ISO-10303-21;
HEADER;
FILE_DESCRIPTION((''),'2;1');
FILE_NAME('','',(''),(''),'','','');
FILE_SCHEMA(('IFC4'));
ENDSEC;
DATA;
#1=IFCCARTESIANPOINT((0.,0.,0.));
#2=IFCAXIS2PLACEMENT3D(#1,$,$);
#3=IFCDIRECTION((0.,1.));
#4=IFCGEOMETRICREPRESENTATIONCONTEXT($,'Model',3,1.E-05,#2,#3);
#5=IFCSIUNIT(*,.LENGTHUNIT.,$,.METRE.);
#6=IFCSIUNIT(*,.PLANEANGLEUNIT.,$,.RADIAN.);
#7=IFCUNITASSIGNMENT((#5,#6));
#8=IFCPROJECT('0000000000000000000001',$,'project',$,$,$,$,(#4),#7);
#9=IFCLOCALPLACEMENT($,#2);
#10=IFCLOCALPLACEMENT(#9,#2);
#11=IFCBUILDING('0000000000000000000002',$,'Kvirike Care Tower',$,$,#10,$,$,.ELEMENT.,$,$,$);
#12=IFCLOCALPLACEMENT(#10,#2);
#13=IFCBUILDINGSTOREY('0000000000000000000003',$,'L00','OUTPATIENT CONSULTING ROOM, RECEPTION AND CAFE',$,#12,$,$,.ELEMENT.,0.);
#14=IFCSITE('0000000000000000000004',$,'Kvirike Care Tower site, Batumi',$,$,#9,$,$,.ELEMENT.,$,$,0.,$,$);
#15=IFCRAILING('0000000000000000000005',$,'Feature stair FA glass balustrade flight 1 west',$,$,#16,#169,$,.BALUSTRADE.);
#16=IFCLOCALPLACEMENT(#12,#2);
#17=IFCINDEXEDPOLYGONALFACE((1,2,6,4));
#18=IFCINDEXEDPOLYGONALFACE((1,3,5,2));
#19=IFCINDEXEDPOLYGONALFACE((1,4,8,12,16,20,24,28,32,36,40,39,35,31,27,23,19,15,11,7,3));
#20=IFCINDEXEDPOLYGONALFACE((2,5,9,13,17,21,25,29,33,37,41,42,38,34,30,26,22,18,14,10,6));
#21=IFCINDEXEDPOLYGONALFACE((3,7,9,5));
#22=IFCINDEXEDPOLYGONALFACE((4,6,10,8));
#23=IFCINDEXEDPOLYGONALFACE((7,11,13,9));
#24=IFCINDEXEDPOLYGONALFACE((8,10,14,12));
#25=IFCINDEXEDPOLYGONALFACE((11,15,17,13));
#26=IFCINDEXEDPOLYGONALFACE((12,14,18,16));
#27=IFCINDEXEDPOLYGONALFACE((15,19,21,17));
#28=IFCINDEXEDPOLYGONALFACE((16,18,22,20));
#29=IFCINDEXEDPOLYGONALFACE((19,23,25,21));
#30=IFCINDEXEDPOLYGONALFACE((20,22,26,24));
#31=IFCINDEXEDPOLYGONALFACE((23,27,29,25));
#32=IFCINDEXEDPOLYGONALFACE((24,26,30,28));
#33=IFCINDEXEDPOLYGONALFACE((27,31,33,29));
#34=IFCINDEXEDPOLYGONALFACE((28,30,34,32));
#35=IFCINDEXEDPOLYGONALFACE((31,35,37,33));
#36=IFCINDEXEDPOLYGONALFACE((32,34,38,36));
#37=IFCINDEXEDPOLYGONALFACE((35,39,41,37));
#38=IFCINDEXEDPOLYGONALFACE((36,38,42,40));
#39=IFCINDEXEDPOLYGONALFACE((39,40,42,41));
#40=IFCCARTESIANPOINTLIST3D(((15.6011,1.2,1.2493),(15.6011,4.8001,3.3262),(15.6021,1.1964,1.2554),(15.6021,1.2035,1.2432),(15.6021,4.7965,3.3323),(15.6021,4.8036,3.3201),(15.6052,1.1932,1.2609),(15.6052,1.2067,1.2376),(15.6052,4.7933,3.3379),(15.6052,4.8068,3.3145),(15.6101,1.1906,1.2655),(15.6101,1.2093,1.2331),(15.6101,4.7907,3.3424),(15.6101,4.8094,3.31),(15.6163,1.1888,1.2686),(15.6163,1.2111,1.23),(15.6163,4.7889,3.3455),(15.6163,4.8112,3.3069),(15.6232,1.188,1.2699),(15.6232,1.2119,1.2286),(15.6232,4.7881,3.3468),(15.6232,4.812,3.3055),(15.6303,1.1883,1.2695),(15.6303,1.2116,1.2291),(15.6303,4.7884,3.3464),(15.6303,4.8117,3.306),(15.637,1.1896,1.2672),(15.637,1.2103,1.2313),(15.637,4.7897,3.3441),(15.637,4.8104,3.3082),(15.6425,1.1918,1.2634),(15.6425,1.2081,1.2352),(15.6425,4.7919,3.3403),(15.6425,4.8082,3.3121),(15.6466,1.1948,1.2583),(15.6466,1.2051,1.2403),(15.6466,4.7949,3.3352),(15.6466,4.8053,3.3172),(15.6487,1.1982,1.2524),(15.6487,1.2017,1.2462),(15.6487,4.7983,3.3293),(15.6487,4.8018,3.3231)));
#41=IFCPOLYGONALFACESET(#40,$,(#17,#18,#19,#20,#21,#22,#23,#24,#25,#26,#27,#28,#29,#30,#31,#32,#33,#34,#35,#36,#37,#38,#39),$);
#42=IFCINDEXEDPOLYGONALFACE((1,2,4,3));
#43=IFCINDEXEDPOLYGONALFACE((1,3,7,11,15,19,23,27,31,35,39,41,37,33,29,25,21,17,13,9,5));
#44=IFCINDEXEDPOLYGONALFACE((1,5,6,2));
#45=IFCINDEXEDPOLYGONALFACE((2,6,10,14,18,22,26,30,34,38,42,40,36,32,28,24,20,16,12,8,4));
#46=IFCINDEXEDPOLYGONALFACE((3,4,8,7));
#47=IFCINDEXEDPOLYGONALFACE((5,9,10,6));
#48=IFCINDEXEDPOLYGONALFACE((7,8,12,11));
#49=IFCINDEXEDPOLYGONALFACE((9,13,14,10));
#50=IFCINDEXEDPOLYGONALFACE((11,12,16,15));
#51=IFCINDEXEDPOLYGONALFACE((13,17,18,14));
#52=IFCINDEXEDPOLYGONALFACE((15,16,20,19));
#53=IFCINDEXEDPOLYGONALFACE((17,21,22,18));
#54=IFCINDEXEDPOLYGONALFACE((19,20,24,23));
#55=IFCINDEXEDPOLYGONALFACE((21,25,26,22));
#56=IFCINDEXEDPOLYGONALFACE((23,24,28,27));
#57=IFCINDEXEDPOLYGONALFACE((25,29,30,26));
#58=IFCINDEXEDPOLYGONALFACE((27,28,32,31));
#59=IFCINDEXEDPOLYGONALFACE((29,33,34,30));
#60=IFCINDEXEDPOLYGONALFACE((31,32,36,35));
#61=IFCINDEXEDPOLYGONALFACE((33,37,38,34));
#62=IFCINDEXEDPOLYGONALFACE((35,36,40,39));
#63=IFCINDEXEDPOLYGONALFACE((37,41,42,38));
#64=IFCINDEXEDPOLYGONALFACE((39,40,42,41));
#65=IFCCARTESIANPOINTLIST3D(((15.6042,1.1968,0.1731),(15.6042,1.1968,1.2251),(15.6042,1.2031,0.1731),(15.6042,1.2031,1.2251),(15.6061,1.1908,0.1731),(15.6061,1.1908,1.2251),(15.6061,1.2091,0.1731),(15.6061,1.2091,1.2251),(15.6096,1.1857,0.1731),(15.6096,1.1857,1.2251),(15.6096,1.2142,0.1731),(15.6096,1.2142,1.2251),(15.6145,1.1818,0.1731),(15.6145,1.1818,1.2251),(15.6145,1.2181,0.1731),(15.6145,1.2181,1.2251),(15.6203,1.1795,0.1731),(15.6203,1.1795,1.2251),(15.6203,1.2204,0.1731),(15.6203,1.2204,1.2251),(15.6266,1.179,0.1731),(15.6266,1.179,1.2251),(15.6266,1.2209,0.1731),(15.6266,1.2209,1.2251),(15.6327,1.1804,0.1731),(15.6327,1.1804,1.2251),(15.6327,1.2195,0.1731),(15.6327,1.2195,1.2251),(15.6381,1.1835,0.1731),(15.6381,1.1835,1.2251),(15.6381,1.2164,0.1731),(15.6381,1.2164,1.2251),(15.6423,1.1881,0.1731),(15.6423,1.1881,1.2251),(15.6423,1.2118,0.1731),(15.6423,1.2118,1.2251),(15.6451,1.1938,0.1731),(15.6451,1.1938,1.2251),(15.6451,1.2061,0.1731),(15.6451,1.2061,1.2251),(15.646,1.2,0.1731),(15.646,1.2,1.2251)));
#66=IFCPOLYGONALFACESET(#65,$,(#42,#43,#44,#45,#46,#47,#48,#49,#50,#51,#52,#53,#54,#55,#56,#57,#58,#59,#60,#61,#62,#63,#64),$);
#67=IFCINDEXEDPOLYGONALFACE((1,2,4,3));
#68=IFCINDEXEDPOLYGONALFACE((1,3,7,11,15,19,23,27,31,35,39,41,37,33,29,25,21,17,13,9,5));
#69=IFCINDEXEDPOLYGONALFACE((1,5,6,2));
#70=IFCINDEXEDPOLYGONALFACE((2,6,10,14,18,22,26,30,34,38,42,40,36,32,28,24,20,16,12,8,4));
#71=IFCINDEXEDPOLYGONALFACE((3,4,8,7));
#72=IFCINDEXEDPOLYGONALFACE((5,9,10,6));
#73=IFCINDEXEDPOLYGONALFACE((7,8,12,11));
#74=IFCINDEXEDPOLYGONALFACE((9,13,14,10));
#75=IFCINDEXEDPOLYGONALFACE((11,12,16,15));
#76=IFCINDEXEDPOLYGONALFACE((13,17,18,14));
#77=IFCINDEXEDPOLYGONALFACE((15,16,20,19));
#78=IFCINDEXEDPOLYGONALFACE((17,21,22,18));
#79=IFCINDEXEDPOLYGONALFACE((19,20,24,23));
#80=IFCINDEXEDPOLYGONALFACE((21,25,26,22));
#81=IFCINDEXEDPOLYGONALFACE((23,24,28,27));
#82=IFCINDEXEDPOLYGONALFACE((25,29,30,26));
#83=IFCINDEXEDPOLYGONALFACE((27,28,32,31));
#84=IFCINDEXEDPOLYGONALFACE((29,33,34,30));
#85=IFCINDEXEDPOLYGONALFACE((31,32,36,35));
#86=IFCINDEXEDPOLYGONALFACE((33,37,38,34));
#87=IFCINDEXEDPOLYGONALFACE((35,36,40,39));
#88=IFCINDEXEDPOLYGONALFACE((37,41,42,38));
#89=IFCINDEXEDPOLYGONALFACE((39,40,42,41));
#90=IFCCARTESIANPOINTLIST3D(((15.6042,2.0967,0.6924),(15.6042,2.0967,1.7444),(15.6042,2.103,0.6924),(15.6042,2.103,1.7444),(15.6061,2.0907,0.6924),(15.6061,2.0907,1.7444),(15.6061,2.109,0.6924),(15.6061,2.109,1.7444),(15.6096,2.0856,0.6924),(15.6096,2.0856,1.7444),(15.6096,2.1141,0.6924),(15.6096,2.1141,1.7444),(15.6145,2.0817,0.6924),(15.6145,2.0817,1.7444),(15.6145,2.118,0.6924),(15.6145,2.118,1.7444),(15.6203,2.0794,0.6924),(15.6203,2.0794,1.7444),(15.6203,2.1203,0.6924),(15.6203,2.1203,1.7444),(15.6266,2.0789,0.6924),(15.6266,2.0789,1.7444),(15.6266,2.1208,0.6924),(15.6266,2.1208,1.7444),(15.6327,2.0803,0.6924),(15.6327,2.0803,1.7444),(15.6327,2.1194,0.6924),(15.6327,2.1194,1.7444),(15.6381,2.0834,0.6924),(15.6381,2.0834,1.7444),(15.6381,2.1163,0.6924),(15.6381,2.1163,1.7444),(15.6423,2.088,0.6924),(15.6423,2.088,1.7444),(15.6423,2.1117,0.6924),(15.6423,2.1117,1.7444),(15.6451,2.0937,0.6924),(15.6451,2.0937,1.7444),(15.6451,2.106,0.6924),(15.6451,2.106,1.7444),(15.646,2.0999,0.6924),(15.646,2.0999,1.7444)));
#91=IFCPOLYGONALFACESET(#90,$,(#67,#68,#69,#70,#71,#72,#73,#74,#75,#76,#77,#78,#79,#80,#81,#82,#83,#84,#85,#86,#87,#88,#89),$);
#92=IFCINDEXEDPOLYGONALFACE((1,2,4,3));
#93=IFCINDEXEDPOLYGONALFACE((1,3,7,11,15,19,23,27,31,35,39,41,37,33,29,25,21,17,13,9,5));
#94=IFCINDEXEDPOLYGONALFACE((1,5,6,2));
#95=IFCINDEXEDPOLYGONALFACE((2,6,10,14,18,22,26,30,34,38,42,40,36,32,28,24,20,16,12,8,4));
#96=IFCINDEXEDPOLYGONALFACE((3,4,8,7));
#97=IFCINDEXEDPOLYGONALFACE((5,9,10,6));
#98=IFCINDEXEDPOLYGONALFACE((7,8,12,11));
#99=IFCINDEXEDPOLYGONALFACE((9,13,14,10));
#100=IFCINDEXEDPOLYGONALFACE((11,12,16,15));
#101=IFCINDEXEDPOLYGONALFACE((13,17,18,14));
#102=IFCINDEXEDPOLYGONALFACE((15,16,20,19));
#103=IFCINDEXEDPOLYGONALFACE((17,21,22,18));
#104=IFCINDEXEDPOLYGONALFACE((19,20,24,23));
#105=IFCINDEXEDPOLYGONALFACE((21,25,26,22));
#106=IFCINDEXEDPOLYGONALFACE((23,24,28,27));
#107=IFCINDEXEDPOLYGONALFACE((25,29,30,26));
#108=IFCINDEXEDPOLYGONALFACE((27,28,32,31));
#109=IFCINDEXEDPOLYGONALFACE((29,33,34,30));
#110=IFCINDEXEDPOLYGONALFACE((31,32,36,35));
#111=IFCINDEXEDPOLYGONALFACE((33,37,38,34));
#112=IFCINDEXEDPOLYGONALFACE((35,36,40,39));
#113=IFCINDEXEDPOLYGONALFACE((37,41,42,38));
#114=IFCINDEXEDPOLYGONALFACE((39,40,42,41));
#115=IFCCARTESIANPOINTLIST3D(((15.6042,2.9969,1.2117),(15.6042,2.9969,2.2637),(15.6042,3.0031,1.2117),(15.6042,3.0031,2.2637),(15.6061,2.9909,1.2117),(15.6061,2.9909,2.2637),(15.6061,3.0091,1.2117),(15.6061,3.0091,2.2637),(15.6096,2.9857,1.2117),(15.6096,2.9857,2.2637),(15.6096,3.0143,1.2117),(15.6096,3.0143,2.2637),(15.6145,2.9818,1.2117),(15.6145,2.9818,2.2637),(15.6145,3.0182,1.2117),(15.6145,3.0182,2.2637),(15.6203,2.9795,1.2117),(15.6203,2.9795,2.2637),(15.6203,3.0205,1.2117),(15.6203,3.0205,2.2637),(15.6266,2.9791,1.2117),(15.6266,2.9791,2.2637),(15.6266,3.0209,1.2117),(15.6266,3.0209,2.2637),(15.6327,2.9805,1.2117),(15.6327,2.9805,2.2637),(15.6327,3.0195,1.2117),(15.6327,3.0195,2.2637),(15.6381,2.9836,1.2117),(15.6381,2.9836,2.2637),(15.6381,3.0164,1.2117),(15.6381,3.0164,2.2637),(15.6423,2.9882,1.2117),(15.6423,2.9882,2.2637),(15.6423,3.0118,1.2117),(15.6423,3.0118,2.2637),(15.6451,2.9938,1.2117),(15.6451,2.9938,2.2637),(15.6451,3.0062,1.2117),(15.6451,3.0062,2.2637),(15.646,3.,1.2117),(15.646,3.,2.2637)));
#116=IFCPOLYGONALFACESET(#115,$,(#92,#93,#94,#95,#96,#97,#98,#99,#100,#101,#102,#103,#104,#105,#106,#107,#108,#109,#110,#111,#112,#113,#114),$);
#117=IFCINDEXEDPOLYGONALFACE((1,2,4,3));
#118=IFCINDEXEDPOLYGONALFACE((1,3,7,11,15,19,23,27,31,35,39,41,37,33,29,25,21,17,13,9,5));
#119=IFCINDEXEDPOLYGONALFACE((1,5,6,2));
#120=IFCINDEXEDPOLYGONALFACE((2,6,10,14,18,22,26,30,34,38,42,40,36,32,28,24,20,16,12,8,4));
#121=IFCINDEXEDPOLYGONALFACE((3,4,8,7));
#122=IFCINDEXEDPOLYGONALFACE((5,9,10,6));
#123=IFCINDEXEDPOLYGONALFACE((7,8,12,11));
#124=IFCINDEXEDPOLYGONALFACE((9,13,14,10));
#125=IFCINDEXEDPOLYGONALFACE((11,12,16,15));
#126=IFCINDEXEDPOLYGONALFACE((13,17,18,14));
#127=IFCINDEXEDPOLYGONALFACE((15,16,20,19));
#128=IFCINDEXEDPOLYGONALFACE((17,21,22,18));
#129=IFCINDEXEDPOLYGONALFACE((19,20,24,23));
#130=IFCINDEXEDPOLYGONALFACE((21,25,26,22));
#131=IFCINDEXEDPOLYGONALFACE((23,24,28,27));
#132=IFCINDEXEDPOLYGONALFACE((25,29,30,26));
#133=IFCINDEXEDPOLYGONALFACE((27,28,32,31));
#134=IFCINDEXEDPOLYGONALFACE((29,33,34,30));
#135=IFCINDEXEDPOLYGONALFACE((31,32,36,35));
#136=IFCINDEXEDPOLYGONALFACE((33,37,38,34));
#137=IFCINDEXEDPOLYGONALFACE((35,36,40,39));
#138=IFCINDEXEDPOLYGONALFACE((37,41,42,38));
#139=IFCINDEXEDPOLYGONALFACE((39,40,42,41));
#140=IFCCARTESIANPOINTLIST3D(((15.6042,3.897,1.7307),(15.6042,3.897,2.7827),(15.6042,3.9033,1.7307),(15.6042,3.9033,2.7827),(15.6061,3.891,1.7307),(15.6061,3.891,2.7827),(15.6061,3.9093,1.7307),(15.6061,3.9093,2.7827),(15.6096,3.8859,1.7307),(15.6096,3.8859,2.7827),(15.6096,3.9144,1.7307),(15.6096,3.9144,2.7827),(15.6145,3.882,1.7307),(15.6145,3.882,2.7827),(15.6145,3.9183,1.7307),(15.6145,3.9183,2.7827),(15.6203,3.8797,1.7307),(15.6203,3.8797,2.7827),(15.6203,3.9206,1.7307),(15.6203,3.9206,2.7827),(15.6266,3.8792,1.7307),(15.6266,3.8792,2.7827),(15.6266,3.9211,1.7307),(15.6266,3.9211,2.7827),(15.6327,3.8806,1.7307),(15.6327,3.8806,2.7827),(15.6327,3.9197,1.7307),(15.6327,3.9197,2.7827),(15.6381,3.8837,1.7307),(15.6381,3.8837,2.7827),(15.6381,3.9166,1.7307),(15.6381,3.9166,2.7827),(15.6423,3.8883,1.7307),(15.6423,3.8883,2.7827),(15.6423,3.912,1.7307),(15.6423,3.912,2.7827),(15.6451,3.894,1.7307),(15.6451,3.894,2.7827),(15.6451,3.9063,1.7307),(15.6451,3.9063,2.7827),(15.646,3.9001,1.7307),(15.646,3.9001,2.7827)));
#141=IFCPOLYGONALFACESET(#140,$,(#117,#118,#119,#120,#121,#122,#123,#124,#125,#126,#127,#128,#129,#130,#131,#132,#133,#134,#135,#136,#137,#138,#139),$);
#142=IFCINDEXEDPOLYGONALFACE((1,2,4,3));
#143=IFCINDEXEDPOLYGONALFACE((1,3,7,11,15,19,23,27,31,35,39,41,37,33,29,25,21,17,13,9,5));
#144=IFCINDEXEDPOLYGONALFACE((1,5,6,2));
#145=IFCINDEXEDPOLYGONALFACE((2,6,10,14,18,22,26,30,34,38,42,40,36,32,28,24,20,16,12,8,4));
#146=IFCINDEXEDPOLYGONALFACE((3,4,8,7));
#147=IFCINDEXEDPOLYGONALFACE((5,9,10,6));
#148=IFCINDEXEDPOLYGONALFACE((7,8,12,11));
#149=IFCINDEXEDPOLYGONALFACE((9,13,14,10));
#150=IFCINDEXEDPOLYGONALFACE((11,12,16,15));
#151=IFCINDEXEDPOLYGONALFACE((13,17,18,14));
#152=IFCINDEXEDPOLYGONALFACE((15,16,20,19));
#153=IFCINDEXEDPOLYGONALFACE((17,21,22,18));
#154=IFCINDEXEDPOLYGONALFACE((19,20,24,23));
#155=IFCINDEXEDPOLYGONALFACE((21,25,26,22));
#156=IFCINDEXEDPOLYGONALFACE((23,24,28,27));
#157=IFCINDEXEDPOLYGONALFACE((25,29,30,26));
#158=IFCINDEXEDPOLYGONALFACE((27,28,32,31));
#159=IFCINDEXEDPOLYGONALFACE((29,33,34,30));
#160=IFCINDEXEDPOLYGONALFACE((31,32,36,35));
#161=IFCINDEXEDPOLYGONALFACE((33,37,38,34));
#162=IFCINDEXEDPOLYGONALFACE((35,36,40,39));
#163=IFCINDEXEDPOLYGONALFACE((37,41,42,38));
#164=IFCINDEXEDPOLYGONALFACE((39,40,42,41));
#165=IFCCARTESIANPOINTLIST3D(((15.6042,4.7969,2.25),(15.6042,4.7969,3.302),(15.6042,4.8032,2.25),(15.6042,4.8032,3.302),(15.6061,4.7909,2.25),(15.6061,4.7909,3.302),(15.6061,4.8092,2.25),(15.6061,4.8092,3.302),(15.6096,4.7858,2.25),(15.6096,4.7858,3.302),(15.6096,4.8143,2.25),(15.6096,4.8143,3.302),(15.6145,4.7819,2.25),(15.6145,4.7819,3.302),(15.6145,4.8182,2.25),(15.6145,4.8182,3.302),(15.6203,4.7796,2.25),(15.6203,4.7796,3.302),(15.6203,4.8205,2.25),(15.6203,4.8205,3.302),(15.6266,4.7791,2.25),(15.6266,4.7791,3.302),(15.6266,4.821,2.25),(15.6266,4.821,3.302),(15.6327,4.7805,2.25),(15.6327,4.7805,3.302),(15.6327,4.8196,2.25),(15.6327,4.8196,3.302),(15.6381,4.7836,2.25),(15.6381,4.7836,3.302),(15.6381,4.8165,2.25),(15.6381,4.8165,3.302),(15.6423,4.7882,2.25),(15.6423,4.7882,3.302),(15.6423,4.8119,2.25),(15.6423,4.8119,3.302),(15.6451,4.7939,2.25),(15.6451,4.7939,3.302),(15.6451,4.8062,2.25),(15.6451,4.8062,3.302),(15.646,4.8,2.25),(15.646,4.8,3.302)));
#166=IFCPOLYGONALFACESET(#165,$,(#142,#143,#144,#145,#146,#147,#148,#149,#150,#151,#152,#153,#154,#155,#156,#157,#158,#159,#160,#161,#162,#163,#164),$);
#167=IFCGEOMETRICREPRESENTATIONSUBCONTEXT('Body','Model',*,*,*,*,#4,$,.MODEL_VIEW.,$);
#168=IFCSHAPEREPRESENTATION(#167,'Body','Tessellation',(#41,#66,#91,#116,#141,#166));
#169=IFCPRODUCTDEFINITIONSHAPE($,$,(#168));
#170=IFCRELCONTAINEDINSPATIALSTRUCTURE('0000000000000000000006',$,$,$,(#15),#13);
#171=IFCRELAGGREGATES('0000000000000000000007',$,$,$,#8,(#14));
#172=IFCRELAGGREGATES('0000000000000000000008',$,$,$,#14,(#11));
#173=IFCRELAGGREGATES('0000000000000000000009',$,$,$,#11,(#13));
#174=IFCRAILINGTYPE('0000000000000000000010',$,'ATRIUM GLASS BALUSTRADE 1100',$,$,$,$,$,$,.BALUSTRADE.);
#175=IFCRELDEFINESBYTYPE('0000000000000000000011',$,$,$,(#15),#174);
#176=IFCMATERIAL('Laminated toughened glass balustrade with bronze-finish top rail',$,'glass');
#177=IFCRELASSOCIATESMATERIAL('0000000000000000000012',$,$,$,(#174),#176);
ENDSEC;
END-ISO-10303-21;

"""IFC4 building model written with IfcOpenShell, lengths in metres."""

from ifc_helpers import new_model, si_unit, direction, frame, origin, origin_2d, place, context, subcontext, project, spatial, circle, extrude, material, type_object, element, save


model = new_model("IFC4")

# Units and contexts
model_context = context("Model", 3, precision=1e-05, world=origin(), true_north=direction((0.0, 1.0)))
body_context = subcontext(model_context, "Body", "Model", "MODEL_VIEW")
ifc_project = project(units=[si_unit("LENGTHUNIT", "METRE"), si_unit("PLANEANGLEUNIT", "RADIAN")], contexts=[model_context])

# Site, building, storey
site_placement = place(None, origin())
site = spatial("IfcSite", under=ifc_project, at=site_placement, Name="Kvirike Care Tower site, Batumi", CompositionType="ELEMENT", RefElevation=0.0)
building_placement = place(site_placement, origin())
building = spatial("IfcBuilding", under=site, at=building_placement, Name="Kvirike Care Tower", CompositionType="ELEMENT")
storey_placement = place(building_placement, origin())
storey = spatial("IfcBuildingStorey", under=building, at=storey_placement, Name="L00", Description="OUTPATIENT CONSULTING ROOM, RECEPTION AND CAFE", CompositionType="ELEMENT", Elevation=0.0)

# Railing
ifc_material_1 = material(Name="Laminated toughened glass balustrade with bronze-finish top rail", Category="glass")
railing_type_1 = type_object("IfcRailingType", Name="ATRIUM GLASS BALUSTRADE 1100", PredefinedType="BALUSTRADE", material=ifc_material_1)
railing_1_placement = place(storey_placement, frame((15.625, 1.2, 0.1731)))
element("IfcRailing", 1, at=railing_1_placement, inside=storey, type_object=railing_type_1, Name="Feature stair FA glass balustrade flight 1 west", PredefinedType="BALUSTRADE", context=body_context, shape_type="SweptSolid", body=[
    extrude(circle(Radius=0.0239, at=origin_2d()), frame((0.0, 0.0, 1.0762), z_axis=(0.0, 0.866193, 0.499709), x_axis=(-1.0, 0.0, 0.0)), (0.0, 0.0, 1.0), 4.1562),
    extrude(circle(Radius=0.021, at=origin_2d()), origin(), (0.0, 0.0, 1.0), 1.052),
    extrude(circle(Radius=0.021, at=origin_2d()), frame((0.0, 0.8999, 0.5193)), (0.0, 0.0, 1.0), 1.052),
    extrude(circle(Radius=0.021, at=origin_2d()), frame((0.0, 1.8, 1.0386)), (0.0, 0.0, 1.0), 1.052),
    extrude(circle(Radius=0.021, at=origin_2d()), frame((0.0, 2.7002, 1.5576)), (0.0, 0.0, 1.0), 1.052),
    extrude(circle(Radius=0.021, at=origin_2d()), frame((0.0, 3.6001, 2.0769)), (0.0, 0.0, 1.0), 1.052),
])

save(model, "model.ifc")
